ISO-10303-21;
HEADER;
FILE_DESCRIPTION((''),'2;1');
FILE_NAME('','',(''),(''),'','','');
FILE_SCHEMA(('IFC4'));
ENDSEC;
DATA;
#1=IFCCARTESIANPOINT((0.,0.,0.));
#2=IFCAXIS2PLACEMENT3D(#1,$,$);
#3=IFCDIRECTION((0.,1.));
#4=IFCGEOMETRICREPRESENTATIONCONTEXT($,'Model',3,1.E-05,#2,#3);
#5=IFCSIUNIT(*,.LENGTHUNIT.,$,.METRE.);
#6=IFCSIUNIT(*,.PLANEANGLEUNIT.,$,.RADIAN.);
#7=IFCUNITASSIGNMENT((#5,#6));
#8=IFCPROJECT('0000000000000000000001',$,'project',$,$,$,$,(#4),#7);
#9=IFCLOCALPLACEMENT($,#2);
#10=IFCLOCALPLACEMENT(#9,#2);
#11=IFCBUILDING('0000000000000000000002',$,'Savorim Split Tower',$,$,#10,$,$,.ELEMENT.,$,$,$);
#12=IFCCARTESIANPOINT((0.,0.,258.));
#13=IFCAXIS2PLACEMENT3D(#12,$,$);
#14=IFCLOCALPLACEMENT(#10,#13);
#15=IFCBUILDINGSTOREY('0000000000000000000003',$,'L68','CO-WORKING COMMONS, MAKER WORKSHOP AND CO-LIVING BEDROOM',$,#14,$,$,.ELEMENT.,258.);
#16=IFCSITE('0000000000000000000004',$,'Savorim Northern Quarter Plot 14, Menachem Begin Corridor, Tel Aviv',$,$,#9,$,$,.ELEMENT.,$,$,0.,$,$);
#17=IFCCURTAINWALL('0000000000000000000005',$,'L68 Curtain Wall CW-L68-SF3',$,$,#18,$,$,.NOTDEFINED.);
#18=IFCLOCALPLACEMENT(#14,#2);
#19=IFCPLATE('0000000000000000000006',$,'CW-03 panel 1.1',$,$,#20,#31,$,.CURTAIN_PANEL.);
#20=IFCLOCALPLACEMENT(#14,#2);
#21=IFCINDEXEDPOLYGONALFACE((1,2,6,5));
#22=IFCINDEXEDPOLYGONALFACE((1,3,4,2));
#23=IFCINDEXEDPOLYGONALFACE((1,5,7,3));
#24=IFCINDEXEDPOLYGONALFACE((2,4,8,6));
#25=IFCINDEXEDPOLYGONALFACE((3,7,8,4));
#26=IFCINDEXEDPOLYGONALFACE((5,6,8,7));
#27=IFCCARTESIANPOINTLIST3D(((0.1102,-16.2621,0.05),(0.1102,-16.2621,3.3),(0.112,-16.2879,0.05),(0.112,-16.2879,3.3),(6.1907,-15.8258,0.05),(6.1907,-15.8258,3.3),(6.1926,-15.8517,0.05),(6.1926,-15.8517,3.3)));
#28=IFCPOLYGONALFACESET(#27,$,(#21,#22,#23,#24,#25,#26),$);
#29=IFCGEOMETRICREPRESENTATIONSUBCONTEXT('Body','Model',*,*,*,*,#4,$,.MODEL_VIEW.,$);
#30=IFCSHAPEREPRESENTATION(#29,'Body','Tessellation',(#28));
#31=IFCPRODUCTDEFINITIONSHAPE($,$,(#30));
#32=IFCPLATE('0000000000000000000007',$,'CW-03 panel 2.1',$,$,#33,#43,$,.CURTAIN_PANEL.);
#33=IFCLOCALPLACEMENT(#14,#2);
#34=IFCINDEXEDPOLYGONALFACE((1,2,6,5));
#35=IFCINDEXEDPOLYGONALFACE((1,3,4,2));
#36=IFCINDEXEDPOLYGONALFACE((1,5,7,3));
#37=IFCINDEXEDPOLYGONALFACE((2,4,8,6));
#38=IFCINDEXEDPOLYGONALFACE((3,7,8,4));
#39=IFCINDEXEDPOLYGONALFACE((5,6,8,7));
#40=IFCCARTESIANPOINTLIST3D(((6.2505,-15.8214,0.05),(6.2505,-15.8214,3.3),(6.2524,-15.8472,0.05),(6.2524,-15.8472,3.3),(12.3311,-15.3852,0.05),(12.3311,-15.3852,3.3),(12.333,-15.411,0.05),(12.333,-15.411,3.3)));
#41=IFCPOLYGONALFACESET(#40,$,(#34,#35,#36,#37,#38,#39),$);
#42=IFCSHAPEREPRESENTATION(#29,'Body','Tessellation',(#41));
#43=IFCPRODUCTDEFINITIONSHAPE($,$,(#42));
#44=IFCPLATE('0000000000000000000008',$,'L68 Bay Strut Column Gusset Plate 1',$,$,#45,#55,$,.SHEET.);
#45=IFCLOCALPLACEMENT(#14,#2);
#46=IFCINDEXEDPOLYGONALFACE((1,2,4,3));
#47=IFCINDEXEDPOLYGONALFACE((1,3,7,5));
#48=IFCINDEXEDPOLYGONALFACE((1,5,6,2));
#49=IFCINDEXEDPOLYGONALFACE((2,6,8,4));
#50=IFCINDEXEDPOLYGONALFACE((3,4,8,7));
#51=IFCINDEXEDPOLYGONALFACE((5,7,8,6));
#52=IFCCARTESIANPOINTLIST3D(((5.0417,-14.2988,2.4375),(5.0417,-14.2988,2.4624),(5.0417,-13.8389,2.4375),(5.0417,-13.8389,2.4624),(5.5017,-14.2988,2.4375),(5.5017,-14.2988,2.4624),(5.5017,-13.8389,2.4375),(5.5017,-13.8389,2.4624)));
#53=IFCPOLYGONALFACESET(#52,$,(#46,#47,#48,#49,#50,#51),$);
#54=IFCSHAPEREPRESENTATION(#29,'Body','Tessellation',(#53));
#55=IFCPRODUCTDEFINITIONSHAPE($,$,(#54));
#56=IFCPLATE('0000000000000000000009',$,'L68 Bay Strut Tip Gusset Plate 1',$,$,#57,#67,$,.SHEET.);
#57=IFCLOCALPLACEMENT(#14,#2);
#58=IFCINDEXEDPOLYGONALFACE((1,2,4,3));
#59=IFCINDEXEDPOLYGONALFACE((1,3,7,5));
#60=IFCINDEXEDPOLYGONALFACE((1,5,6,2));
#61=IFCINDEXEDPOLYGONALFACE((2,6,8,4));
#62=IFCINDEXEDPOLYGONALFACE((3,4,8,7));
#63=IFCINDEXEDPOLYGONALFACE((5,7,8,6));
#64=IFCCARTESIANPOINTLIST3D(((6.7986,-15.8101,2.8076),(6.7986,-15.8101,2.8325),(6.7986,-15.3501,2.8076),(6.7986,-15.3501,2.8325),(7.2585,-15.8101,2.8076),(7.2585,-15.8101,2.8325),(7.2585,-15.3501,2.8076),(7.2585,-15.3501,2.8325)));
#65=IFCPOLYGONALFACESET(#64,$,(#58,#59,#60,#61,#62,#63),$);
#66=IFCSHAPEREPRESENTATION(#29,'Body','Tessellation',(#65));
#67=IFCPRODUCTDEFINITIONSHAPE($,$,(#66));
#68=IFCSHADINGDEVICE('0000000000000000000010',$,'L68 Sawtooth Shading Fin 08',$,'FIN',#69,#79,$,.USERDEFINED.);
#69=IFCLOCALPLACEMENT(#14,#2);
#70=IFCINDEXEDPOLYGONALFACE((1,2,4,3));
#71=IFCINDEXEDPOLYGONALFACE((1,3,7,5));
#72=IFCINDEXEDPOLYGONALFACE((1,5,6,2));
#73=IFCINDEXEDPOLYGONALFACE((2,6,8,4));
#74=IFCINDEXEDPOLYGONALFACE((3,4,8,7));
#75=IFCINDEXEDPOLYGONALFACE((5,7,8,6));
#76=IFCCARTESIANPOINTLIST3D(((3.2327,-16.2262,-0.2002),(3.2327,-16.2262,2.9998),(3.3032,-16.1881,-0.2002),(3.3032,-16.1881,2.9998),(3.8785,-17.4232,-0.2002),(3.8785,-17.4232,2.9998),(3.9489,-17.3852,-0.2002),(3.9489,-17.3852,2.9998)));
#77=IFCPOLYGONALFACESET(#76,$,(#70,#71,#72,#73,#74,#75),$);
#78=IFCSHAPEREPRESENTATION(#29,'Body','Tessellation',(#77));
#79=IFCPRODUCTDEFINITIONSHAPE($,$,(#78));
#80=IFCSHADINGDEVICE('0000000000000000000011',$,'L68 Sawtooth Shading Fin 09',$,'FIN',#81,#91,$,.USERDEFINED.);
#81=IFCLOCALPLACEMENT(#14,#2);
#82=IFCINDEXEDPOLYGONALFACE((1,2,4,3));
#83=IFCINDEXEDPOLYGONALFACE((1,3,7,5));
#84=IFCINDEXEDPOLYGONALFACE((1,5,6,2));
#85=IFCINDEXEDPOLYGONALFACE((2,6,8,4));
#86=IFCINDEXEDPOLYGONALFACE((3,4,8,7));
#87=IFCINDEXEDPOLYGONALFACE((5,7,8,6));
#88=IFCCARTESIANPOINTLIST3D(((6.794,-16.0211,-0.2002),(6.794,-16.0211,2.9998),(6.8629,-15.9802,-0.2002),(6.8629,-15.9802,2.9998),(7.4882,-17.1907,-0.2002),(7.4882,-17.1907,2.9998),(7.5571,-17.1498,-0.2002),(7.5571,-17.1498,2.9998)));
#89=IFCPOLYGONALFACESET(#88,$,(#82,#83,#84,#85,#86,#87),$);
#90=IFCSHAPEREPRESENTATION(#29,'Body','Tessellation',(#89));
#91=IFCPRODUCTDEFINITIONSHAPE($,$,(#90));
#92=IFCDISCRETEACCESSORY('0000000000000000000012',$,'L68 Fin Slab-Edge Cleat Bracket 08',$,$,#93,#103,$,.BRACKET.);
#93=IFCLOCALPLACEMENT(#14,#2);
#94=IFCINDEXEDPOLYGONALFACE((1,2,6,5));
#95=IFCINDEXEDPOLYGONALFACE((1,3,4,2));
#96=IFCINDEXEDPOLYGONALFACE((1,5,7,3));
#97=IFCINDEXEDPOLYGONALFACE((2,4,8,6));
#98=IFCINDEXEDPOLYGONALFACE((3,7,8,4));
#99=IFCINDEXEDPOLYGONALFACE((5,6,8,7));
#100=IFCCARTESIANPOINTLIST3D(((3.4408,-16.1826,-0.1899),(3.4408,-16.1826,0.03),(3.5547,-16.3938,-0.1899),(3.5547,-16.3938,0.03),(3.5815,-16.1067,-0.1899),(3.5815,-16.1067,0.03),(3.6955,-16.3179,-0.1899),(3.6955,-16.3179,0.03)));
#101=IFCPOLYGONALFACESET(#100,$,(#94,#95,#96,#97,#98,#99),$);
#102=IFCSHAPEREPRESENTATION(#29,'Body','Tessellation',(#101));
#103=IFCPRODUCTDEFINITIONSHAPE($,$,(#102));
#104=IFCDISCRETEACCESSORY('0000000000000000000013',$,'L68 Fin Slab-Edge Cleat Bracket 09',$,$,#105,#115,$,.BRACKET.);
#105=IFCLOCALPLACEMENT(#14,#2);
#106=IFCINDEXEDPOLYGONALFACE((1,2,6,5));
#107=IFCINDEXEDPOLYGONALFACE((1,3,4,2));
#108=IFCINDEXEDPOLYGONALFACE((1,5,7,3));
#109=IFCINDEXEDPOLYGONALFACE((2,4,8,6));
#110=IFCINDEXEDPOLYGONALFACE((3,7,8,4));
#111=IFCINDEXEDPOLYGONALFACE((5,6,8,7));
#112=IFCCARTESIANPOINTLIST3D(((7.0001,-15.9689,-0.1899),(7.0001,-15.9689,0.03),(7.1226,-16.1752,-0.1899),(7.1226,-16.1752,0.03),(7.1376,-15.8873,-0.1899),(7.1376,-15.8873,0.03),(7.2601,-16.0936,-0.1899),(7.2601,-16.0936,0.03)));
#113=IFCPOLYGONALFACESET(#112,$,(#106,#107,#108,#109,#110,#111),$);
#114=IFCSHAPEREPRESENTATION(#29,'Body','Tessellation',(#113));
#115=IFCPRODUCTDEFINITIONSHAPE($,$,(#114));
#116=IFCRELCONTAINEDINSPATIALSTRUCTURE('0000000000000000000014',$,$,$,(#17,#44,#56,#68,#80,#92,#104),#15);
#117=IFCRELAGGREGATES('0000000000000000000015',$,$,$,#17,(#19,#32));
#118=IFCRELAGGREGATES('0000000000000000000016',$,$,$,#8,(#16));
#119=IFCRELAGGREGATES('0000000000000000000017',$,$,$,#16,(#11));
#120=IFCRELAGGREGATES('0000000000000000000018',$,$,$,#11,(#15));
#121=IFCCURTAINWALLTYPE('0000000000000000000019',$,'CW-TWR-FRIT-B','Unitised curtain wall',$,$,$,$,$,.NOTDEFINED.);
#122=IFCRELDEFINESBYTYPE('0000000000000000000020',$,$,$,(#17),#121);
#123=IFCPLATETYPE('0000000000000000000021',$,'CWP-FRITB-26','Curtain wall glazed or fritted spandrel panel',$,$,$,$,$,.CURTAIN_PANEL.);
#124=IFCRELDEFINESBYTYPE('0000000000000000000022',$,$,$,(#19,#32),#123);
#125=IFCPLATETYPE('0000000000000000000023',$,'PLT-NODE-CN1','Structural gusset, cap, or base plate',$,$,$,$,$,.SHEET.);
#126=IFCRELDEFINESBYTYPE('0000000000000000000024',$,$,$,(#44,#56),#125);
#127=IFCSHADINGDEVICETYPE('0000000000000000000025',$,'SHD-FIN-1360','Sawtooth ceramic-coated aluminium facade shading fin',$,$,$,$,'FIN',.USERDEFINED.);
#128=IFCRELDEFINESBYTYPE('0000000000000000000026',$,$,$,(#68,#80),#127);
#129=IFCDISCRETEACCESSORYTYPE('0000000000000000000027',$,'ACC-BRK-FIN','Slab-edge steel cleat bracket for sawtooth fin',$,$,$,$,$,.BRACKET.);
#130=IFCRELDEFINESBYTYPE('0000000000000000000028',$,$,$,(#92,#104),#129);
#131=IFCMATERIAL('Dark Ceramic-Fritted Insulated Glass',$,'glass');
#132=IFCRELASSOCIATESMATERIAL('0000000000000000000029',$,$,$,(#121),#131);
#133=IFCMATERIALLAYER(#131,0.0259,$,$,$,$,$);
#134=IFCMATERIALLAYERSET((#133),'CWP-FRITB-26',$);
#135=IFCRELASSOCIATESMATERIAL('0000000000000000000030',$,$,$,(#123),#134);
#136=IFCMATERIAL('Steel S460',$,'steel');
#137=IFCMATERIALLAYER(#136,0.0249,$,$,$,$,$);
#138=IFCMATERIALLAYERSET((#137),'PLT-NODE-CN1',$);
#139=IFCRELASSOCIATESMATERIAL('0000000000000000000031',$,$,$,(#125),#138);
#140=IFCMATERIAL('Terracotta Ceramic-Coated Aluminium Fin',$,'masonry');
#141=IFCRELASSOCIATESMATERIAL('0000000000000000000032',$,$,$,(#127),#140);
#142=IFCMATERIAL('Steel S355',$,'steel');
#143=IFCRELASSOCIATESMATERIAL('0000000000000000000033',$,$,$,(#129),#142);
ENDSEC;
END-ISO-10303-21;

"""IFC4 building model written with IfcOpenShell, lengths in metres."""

from ifc_helpers import new_model, si_unit, direction, frame, origin, origin_2d, place, context, subcontext, project, spatial, rectangle, extrude, material, layer, layer_set, type_object, element, aggregate, save


model = new_model("IFC4")

# Units and contexts
model_context = context("Model", 3, precision=1e-05, world=origin(), true_north=direction((0.0, 1.0)))
body_context = subcontext(model_context, "Body", "Model", "MODEL_VIEW")
ifc_project = project(units=[si_unit("LENGTHUNIT", "METRE"), si_unit("PLANEANGLEUNIT", "RADIAN")], contexts=[model_context])

# Site, building, storey
site_placement = place(None, origin())
site = spatial("IfcSite", under=ifc_project, at=site_placement, Name="Savorim Northern Quarter Plot 14, Menachem Begin Corridor, Tel Aviv", CompositionType="ELEMENT", RefElevation=0.0)
building_placement = place(site_placement, origin())
building = spatial("IfcBuilding", under=site, at=building_placement, Name="Savorim Split Tower", CompositionType="ELEMENT")
storey_placement = place(building_placement, frame((0.0, 0.0, 258.0)))
storey = spatial("IfcBuildingStorey", under=building, at=storey_placement, Name="L68", Description="CO-WORKING COMMONS, MAKER WORKSHOP AND CO-LIVING BEDROOM", CompositionType="ELEMENT", Elevation=258.0)

# Shared definitions
ifc_material_1 = material(Name="Steel S355", Category="steel")

# Curtain wall
ifc_material_2 = material(Name="Dark Ceramic-Fritted Insulated Glass", Category="glass")
curtain_wall_type = type_object("IfcCurtainWallType", Name="CW-TWR-FRIT-B", Description="Unitised curtain wall", PredefinedType="NOTDEFINED", material=ifc_material_2)
curtain_wall_placement = place(storey_placement, origin())
curtain_wall = element("IfcCurtainWall", 1, at=curtain_wall_placement, inside=storey, type_object=curtain_wall_type, Name="L68 Curtain Wall CW-L68-SF3", PredefinedType="NOTDEFINED")

# Plates
ifc_layer_1 = layer(ifc_material_2, 0.0259)
ifc_layer_set_1 = layer_set([ifc_layer_1], Name="CWP-FRITB-26")
plate_type_1 = type_object("IfcPlateType", Name="CWP-FRITB-26", Description="Curtain wall glazed or fritted spandrel panel", PredefinedType="CURTAIN_PANEL", material=ifc_layer_set_1)
plate_1_placement = place(storey_placement, frame((3.1514, -16.0569, 0.05), z_axis=(0.0, 0.0, 1.0), x_axis=(0.997436, 0.071562, 0.0)))
plate_1 = element("IfcPlate", 2, at=plate_1_placement, type_object=plate_type_1, Name="CW-03 panel 1.1", PredefinedType="CURTAIN_PANEL", context=body_context, shape_type="SweptSolid", body=[
    extrude(rectangle(XDim=6.0962, YDim=0.0259, at=origin_2d()), origin(), (0.0, 0.0, 1.0), 3.25),
])
plate_2_placement = place(storey_placement, frame((9.2917, -15.6162, 0.05), z_axis=(0.0, 0.0, 1.0), x_axis=(0.997436, 0.071562, 0.0)))
plate_2 = element("IfcPlate", 3, at=plate_2_placement, type_object=plate_type_1, Name="CW-03 panel 2.1", PredefinedType="CURTAIN_PANEL", context=body_context, shape_type="SweptSolid", body=[
    extrude(rectangle(XDim=6.0962, YDim=0.0259, at=origin_2d()), origin(), (0.0, 0.0, 1.0), 3.25),
])
aggregate(curtain_wall, [plate_1, plate_2])

# Plates
ifc_material_3 = material(Name="Steel S460", Category="steel")
ifc_layer_2 = layer(ifc_material_3, 0.0249)
ifc_layer_set_2 = layer_set([ifc_layer_2], Name="PLT-NODE-CN1")
plate_type_2 = type_object("IfcPlateType", Name="PLT-NODE-CN1", Description="Structural gusset, cap, or base plate", PredefinedType="SHEET", material=ifc_layer_set_2)
for number, where, z_axis, x_axis, name in (
    (4, (5.2717, -14.0688, 2.4375), (0.0, 0.0, 1.0), (1.0, 0.0, 0.0), "L68 Bay Strut Column Gusset Plate 1"),
    (5, (7.0286, -15.5801, 2.8076), (0.0, 0.0, 1.0), (1.0, 0.0, 0.0), "L68 Bay Strut Tip Gusset Plate 1"),
):
    element("IfcPlate", number, at=place(storey_placement, frame(where, z_axis=z_axis, x_axis=x_axis)), inside=storey, type_object=plate_type_2, Name=name, PredefinedType="SHEET", context=body_context, shape_type="SweptSolid", body=[
        extrude(rectangle(XDim=0.46, YDim=0.46, at=origin_2d()), origin(), (0.0, 0.0, 1.0), 0.0249),
    ])

# Shading devices
ifc_material_4 = material(Name="Terracotta Ceramic-Coated Aluminium Fin", Category="masonry")
shading_device_type = type_object("IfcShadingDeviceType", Name="SHD-FIN-1360", Description="Sawtooth ceramic-coated aluminium facade shading fin", ElementType="FIN", PredefinedType="USERDEFINED", material=ifc_material_4)
for number, where, z_axis, x_axis, name in (
    (6, (3.5908, -16.8057, -0.2002), (0.0, 0.0, 1.0), (0.474778, -0.880106, 0.0), "L68 Sawtooth Shading Fin 08"),
    (7, (7.1755, -16.5854, -0.2002), (0.0, 0.0, 1.0), (0.510391, -0.859942, 0.0), "L68 Sawtooth Shading Fin 09"),
):
    element("IfcShadingDevice", number, at=place(storey_placement, frame(where, z_axis=z_axis, x_axis=x_axis)), inside=storey, type_object=shading_device_type, Name=name, ObjectType="FIN", PredefinedType="USERDEFINED", context=body_context, shape_type="SweptSolid", body=[
        extrude(rectangle(XDim=1.3601, YDim=0.0801, at=origin_2d()), origin(), (0.0, 0.0, 1.0), 3.2),
    ])

# Discrete accessories
discrete_accessory_type = type_object("IfcDiscreteAccessoryType", Name="ACC-BRK-FIN", Description="Slab-edge steel cleat bracket for sawtooth fin", PredefinedType="BRACKET", material=ifc_material_1)
for number, where, z_axis, x_axis, name in (
    (8, (3.5681, -16.2502, -0.1899), (0.0, 0.0, 1.0), (0.474778, -0.880106, 0.0), "L68 Fin Slab-Edge Cleat Bracket 08"),
    (9, (7.1301, -16.0312, -0.1899), (0.0, 0.0, 1.0), (0.510391, -0.859942, 0.0), "L68 Fin Slab-Edge Cleat Bracket 09"),
):
    element("IfcDiscreteAccessory", number, at=place(storey_placement, frame(where, z_axis=z_axis, x_axis=x_axis)), inside=storey, type_object=discrete_accessory_type, Name=name, PredefinedType="BRACKET", context=body_context, shape_type="SweptSolid", body=[
        extrude(rectangle(XDim=0.24, YDim=0.1599, at=origin_2d()), origin(), (0.0, 0.0, 1.0), 0.22),
    ])

save(model, "model.ifc")
